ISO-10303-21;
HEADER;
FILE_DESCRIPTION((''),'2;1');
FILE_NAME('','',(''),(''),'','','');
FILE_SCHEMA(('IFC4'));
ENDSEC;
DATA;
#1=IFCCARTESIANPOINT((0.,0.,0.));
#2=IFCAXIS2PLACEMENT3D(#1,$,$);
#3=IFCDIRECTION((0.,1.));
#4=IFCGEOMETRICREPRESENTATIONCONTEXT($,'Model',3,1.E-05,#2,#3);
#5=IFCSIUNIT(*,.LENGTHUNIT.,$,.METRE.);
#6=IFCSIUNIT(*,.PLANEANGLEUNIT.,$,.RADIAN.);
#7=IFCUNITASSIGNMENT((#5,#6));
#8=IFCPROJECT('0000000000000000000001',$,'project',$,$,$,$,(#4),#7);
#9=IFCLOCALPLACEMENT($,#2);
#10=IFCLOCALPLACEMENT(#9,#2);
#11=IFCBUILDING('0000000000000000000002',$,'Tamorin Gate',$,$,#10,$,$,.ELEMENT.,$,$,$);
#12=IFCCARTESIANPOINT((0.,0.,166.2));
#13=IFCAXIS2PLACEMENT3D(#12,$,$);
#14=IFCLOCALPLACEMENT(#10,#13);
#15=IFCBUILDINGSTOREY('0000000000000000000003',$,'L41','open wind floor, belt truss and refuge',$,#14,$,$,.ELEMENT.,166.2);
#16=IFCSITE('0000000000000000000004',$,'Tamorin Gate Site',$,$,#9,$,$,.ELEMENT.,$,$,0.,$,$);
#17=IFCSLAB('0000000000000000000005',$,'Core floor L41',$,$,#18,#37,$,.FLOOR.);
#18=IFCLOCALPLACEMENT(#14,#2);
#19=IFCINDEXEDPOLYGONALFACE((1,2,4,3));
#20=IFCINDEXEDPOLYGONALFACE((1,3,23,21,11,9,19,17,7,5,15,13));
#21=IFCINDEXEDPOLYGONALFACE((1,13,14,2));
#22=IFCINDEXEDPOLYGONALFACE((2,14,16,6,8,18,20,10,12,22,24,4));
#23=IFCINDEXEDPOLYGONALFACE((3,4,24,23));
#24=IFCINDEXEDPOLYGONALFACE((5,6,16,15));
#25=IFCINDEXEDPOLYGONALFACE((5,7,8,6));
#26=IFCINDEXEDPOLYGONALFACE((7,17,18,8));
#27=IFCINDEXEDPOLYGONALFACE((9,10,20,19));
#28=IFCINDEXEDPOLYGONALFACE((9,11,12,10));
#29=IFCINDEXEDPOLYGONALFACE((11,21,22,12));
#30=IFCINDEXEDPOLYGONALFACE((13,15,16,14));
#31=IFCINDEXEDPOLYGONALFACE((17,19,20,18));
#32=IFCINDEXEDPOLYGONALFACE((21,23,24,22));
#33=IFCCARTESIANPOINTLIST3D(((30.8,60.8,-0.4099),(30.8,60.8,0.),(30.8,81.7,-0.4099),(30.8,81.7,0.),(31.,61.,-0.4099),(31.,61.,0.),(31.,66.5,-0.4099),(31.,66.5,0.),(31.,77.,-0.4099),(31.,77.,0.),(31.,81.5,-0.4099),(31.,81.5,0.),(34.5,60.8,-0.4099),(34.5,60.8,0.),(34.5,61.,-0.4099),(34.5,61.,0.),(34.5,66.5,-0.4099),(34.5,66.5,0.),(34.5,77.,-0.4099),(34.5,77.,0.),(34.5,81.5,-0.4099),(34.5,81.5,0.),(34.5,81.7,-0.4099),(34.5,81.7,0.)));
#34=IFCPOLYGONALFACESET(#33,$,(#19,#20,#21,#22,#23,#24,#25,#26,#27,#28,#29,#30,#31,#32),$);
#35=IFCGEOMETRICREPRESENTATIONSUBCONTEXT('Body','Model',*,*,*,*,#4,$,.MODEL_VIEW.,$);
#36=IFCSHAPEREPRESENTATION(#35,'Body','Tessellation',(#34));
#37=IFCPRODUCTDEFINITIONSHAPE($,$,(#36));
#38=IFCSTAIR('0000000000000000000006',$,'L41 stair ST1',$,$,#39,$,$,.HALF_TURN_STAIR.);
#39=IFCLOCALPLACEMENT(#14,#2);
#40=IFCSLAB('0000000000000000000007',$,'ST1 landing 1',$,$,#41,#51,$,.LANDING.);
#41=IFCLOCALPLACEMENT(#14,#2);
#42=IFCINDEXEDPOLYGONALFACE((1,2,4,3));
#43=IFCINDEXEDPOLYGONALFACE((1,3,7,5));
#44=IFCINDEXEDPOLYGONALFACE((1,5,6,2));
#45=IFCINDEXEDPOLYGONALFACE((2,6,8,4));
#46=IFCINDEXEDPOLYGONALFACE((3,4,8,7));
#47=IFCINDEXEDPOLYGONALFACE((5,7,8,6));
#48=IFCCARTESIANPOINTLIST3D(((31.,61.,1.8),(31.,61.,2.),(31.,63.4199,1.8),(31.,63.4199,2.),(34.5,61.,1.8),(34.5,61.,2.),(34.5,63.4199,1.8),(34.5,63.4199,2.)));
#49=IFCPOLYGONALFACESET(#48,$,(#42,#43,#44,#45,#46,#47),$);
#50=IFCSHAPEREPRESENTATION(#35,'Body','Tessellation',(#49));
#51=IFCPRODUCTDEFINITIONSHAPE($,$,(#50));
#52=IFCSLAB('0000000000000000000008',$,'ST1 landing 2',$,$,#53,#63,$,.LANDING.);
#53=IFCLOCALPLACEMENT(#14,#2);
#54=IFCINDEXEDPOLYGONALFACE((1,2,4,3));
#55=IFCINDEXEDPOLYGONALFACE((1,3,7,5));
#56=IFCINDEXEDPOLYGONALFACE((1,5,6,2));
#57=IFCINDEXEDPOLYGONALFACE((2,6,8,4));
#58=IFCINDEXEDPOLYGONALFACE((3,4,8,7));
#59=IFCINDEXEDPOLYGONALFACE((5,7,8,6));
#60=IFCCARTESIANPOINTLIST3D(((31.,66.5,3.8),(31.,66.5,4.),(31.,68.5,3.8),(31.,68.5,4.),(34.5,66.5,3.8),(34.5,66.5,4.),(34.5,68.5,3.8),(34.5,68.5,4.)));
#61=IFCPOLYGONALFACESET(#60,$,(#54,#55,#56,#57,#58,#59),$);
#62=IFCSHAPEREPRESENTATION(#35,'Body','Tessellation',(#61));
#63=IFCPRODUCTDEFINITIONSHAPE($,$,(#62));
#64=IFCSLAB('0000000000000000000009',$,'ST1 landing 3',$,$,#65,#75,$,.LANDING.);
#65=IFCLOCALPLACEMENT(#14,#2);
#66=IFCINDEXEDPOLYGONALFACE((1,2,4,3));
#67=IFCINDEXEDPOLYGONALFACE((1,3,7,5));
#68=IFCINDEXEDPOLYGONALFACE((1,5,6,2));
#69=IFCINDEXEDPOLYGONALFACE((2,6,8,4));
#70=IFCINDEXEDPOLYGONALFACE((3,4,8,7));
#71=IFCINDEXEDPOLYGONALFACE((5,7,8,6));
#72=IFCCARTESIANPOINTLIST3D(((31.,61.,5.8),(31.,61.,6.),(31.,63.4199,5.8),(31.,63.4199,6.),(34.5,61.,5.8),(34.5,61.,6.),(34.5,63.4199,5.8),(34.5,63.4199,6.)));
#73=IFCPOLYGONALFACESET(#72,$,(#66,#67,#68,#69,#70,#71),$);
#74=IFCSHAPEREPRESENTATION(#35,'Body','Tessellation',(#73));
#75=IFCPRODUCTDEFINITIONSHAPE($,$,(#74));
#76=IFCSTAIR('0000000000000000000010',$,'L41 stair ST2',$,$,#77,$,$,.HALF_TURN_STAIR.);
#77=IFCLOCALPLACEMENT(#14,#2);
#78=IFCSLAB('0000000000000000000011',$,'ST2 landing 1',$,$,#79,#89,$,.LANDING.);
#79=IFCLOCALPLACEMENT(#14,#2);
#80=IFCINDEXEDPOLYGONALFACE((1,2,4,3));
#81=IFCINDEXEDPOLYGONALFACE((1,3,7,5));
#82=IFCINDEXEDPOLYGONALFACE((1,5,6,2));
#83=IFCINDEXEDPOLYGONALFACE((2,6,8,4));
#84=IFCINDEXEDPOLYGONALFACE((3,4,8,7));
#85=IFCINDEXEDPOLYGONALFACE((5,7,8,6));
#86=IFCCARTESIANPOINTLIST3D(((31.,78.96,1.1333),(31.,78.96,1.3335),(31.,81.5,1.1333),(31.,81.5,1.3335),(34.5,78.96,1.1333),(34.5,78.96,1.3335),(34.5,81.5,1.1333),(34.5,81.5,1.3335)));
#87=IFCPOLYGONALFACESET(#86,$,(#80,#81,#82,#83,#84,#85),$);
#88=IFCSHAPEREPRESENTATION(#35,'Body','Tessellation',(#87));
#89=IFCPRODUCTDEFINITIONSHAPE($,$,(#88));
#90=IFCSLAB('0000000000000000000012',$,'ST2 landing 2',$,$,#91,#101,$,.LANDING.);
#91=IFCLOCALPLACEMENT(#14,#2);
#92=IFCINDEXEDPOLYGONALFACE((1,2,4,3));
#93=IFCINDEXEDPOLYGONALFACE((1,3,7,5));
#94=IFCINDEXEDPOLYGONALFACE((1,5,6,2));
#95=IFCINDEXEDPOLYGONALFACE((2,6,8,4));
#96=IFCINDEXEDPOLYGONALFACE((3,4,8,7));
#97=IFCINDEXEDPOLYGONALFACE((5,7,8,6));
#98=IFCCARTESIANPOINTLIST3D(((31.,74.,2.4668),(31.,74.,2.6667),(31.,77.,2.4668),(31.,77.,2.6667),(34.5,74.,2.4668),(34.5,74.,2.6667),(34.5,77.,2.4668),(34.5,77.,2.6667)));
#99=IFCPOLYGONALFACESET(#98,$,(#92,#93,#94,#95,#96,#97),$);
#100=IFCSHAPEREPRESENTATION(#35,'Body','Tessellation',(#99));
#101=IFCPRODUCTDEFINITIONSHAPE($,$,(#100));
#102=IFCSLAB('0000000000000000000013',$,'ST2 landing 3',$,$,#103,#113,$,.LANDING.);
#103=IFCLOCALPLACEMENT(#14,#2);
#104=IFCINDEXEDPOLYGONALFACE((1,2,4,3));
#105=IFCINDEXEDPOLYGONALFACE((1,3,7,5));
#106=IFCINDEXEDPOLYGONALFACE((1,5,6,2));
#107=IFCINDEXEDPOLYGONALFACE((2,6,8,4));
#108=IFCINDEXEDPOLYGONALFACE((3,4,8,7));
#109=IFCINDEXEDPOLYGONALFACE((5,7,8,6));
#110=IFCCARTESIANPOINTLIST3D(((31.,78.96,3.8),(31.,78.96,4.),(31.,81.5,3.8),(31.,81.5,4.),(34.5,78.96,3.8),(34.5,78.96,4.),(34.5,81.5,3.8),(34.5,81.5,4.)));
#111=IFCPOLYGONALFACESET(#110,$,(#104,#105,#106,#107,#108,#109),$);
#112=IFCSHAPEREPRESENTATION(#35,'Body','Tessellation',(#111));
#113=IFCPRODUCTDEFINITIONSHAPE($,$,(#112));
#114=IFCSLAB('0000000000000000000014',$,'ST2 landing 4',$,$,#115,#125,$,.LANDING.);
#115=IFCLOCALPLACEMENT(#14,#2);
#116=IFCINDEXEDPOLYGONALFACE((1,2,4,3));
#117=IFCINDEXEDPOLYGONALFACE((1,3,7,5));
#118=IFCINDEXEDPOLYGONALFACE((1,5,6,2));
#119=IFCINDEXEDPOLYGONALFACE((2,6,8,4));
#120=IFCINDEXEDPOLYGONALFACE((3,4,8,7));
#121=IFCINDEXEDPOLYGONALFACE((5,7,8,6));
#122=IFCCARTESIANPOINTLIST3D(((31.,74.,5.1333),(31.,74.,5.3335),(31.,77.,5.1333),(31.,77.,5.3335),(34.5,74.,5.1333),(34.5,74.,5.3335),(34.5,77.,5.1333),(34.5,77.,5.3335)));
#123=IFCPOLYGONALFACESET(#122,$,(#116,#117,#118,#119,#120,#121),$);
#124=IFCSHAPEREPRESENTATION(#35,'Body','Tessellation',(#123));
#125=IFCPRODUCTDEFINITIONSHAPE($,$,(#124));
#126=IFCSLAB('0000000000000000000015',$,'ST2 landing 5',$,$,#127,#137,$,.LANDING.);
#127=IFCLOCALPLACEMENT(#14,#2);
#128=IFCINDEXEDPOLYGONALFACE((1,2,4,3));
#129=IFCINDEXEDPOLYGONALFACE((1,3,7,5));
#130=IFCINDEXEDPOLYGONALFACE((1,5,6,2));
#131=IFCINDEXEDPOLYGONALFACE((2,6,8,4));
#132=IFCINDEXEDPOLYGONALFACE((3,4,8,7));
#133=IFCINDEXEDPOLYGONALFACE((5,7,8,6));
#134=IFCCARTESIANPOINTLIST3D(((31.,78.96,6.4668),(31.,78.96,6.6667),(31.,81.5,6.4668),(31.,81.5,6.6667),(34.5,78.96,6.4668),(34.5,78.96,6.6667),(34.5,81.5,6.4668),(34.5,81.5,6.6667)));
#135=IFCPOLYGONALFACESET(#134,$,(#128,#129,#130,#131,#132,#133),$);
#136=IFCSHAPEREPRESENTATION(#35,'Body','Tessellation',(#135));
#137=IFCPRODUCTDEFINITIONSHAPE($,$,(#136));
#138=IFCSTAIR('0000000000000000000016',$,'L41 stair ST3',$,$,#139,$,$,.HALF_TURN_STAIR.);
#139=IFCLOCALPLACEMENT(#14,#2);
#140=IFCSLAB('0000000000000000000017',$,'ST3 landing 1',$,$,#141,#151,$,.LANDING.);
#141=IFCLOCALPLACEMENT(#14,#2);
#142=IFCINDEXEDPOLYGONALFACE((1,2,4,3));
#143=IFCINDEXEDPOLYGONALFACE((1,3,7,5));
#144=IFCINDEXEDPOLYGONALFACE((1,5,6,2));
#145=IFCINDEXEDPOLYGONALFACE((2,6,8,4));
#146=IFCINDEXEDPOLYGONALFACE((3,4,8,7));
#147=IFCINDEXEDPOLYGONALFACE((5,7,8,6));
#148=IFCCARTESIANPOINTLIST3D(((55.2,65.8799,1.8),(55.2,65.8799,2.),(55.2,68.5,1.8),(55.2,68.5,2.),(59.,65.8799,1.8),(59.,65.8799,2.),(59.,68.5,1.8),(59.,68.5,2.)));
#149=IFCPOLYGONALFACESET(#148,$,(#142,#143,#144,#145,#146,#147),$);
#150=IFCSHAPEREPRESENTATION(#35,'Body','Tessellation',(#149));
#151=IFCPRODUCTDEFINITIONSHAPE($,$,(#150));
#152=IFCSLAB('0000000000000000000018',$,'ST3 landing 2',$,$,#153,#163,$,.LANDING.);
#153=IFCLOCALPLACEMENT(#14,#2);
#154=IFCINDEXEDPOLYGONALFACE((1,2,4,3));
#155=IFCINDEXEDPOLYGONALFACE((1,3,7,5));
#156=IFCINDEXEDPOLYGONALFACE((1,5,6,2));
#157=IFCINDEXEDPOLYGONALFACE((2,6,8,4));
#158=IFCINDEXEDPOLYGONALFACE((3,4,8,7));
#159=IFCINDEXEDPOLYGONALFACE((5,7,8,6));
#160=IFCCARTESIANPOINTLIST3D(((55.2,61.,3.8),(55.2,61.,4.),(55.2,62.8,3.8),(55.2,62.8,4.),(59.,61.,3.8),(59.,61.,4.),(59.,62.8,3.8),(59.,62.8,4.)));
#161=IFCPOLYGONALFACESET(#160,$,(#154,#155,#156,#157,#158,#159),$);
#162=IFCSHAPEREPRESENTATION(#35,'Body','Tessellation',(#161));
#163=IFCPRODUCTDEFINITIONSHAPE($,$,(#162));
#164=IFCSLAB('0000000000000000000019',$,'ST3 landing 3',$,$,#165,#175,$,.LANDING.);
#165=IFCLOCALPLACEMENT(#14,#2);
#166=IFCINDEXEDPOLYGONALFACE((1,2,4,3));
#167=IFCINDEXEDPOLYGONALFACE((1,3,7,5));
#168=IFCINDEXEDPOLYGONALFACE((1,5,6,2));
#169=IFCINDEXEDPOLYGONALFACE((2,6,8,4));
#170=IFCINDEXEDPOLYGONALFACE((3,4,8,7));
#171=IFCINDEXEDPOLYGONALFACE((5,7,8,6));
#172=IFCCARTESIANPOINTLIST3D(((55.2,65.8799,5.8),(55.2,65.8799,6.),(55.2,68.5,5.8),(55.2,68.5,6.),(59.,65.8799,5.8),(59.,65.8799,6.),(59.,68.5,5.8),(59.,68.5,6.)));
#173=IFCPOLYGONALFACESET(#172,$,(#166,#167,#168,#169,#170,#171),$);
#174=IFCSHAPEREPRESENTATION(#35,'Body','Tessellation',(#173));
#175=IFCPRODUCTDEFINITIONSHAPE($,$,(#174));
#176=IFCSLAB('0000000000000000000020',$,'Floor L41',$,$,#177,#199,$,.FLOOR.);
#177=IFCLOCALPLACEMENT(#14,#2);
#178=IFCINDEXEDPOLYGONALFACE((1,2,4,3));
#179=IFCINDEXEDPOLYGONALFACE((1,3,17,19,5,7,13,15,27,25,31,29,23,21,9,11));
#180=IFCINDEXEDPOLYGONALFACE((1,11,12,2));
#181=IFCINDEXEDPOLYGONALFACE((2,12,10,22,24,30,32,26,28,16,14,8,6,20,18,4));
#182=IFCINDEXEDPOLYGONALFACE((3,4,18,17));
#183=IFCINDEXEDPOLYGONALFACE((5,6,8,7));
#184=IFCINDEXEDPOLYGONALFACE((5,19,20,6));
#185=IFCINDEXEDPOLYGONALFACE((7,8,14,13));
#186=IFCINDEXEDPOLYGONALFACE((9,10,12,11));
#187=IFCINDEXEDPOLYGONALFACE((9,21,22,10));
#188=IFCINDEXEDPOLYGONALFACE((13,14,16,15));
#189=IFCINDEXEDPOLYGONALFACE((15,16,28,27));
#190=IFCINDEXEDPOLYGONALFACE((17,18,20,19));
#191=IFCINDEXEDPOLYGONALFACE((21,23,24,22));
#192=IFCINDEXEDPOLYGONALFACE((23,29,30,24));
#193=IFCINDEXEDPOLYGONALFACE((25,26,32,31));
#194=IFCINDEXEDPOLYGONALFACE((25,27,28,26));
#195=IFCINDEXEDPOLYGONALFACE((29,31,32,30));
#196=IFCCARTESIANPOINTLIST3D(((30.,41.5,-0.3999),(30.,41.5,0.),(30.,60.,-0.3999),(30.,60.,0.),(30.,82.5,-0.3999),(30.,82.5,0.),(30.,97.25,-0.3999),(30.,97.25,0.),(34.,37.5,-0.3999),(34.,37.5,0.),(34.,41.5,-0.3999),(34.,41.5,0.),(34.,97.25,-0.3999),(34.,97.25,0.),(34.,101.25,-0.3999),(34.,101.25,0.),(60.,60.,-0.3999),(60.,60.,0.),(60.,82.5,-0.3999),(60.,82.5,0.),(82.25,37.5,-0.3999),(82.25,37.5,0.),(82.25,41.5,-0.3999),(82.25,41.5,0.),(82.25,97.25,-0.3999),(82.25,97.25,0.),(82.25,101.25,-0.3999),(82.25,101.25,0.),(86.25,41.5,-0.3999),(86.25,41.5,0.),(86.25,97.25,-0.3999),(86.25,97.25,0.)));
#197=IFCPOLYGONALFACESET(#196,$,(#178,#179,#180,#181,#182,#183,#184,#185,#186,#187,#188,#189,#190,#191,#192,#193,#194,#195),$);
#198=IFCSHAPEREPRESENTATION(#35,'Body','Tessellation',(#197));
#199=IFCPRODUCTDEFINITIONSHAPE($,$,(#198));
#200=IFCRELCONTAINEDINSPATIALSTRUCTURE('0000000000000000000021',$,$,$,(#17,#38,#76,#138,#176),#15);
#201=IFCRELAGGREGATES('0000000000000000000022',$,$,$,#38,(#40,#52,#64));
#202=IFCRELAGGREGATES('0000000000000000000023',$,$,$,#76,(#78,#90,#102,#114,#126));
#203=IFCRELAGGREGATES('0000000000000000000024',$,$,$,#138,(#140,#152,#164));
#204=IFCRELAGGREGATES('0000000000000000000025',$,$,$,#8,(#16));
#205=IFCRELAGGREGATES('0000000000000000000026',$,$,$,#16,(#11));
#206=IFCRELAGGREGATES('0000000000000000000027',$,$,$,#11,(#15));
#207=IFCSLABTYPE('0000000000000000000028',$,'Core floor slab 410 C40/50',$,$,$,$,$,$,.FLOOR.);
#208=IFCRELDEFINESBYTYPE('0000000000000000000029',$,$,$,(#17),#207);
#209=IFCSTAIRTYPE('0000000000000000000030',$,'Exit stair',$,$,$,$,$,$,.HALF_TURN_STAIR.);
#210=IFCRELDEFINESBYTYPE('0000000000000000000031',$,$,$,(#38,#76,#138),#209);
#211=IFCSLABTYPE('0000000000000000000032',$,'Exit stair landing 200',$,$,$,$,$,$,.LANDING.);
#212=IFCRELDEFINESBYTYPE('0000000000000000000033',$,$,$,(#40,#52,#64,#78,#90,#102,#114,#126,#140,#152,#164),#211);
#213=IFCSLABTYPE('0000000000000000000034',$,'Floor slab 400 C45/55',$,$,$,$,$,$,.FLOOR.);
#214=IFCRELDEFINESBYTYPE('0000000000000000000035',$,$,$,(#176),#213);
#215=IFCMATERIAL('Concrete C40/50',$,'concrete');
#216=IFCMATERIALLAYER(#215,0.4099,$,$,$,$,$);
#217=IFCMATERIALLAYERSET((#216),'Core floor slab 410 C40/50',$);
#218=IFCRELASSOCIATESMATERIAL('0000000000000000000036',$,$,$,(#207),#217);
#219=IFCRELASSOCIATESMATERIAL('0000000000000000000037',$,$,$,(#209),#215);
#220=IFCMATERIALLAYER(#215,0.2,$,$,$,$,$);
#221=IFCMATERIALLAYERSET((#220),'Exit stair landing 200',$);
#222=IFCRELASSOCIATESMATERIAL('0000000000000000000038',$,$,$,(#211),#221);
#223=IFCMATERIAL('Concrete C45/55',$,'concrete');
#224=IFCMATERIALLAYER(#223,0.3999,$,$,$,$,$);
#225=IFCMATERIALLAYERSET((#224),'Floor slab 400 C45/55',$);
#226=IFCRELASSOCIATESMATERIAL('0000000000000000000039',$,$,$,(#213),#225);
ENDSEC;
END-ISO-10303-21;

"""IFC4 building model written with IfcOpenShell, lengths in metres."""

from ifc_helpers import new_model, si_unit, direction, frame, origin, place, context, subcontext, project, spatial, polyline, outline, extrude, material, layer, layer_set, type_object, element, aggregate, save


model = new_model("IFC4")

# Units and contexts
model_context = context("Model", 3, precision=1e-05, world=origin(), true_north=direction((0.0, 1.0)))
body_context = subcontext(model_context, "Body", "Model", "MODEL_VIEW")
ifc_project = project(units=[si_unit("LENGTHUNIT", "METRE"), si_unit("PLANEANGLEUNIT", "RADIAN")], contexts=[model_context])

# Site, building, storey
site_placement = place(None, origin())
site = spatial("IfcSite", under=ifc_project, at=site_placement, Name="Tamorin Gate Site", CompositionType="ELEMENT", RefElevation=0.0)
building_placement = place(site_placement, origin())
building = spatial("IfcBuilding", under=site, at=building_placement, Name="Tamorin Gate", CompositionType="ELEMENT")
storey_placement = place(building_placement, frame((0.0, 0.0, 166.2)))
storey = spatial("IfcBuildingStorey", under=building, at=storey_placement, Name="L41", Description="open wind floor, belt truss and refuge", CompositionType="ELEMENT", Elevation=166.2)

# Slab
ifc_material_1 = material(Name="Concrete C40/50", Category="concrete")
ifc_layer_1 = layer(ifc_material_1, 0.4099)
ifc_layer_set_1 = layer_set([ifc_layer_1], Name="Core floor slab 410 C40/50")
slab_type_1 = type_object("IfcSlabType", Name="Core floor slab 410 C40/50", PredefinedType="FLOOR", material=ifc_layer_set_1)
slab_1_placement = place(storey_placement, frame((0.0, 0.0, -0.4099)))
element("IfcSlab", 1, at=slab_1_placement, inside=storey, type_object=slab_type_1, Name="Core floor L41", PredefinedType="FLOOR", context=body_context, shape_type="SweptSolid", body=[
    extrude(outline(polyline([(34.5, 60.8), (30.8, 60.8), (30.8, 81.7), (34.5, 81.7), (34.5, 81.5), (31.0, 81.5), (31.0, 77.0), (34.5, 77.0), (34.5, 66.5), (31.0, 66.5), (31.0, 61.0), (34.5, 61.0), (34.5, 60.8)])), origin(), (0.0, 0.0, 1.0), 0.4099),
])

# Stairs, slabs
stair_type = type_object("IfcStairType", Name="Exit stair", PredefinedType="HALF_TURN_STAIR", material=ifc_material_1)
stair_1_placement = place(storey_placement, origin())
stair_1 = element("IfcStair", 2, at=stair_1_placement, inside=storey, type_object=stair_type, Name="L41 stair ST1", PredefinedType="HALF_TURN_STAIR")
ifc_layer_2 = layer(ifc_material_1, 0.2)
ifc_layer_set_2 = layer_set([ifc_layer_2], Name="Exit stair landing 200")
slab_type_2 = type_object("IfcSlabType", Name="Exit stair landing 200", PredefinedType="LANDING", material=ifc_layer_set_2)
slab_2_placement = place(storey_placement, frame((0.0, 0.0, 1.8)))
slab_2 = element("IfcSlab", 3, at=slab_2_placement, type_object=slab_type_2, Name="ST1 landing 1", PredefinedType="LANDING", context=body_context, shape_type="SweptSolid", body=[
    extrude(outline(polyline([(31.0, 63.4199), (31.0, 61.0), (34.5, 61.0), (34.5, 63.4199), (31.0, 63.4199)])), origin(), (0.0, 0.0, 1.0), 0.2),
])
slab_3_placement = place(storey_placement, frame((0.0, 0.0, 3.8)))
slab_3 = element("IfcSlab", 4, at=slab_3_placement, type_object=slab_type_2, Name="ST1 landing 2", PredefinedType="LANDING", context=body_context, shape_type="SweptSolid", body=[
    extrude(outline(polyline([(31.0, 68.5), (31.0, 66.5), (34.5, 66.5), (34.5, 68.5), (31.0, 68.5)])), origin(), (0.0, 0.0, 1.0), 0.2),
])
slab_4_placement = place(storey_placement, frame((0.0, 0.0, 5.8)))
slab_4 = element("IfcSlab", 5, at=slab_4_placement, type_object=slab_type_2, Name="ST1 landing 3", PredefinedType="LANDING", context=body_context, shape_type="SweptSolid", body=[
    extrude(outline(polyline([(31.0, 63.4199), (31.0, 61.0), (34.5, 61.0), (34.5, 63.4199), (31.0, 63.4199)])), origin(), (0.0, 0.0, 1.0), 0.2),
])
aggregate(stair_1, [slab_2, slab_3, slab_4])
stair_2_placement = place(storey_placement, origin())
stair_2 = element("IfcStair", 6, at=stair_2_placement, inside=storey, type_object=stair_type, Name="L41 stair ST2", PredefinedType="HALF_TURN_STAIR")
slab_5_placement = place(storey_placement, frame((0.0, 0.0, 1.1333)))
slab_5 = element("IfcSlab", 7, at=slab_5_placement, type_object=slab_type_2, Name="ST2 landing 1", PredefinedType="LANDING", context=body_context, shape_type="SweptSolid", body=[
    extrude(outline(polyline([(34.5, 78.96), (34.5, 81.5), (31.0, 81.5), (31.0, 78.96), (34.5, 78.96)])), origin(), (0.0, 0.0, 1.0), 0.2002),
])
slab_6_placement = place(storey_placement, frame((0.0, 0.0, 2.4668)))
slab_6 = element("IfcSlab", 8, at=slab_6_placement, type_object=slab_type_2, Name="ST2 landing 2", PredefinedType="LANDING", context=body_context, shape_type="SweptSolid", body=[
    extrude(outline(polyline([(34.5, 74.0), (34.5, 77.0), (31.0, 77.0), (31.0, 74.0), (34.5, 74.0)])), origin(), (0.0, 0.0, 1.0), 0.2),
])
slab_7_placement = place(storey_placement, frame((0.0, 0.0, 3.8)))
slab_7 = element("IfcSlab", 9, at=slab_7_placement, type_object=slab_type_2, Name="ST2 landing 3", PredefinedType="LANDING", context=body_context, shape_type="SweptSolid", body=[
    extrude(outline(polyline([(34.5, 78.96), (34.5, 81.5), (31.0, 81.5), (31.0, 78.96), (34.5, 78.96)])), origin(), (0.0, 0.0, 1.0), 0.2),
])
slab_8_placement = place(storey_placement, frame((0.0, 0.0, 5.1333)))
slab_8 = element("IfcSlab", 10, at=slab_8_placement, type_object=slab_type_2, Name="ST2 landing 4", PredefinedType="LANDING", context=body_context, shape_type="SweptSolid", body=[
    extrude(outline(polyline([(34.5, 74.0), (34.5, 77.0), (31.0, 77.0), (31.0, 74.0), (34.5, 74.0)])), origin(), (0.0, 0.0, 1.0), 0.2002),
])
slab_9_placement = place(storey_placement, frame((0.0, 0.0, 6.4668)))
slab_9 = element("IfcSlab", 11, at=slab_9_placement, type_object=slab_type_2, Name="ST2 landing 5", PredefinedType="LANDING", context=body_context, shape_type="SweptSolid", body=[
    extrude(outline(polyline([(34.5, 78.96), (34.5, 81.5), (31.0, 81.5), (31.0, 78.96), (34.5, 78.96)])), origin(), (0.0, 0.0, 1.0), 0.2),
])
aggregate(stair_2, [slab_5, slab_6, slab_7, slab_8, slab_9])
stair_3_placement = place(storey_placement, origin())
stair_3 = element("IfcStair", 12, at=stair_3_placement, inside=storey, type_object=stair_type, Name="L41 stair ST3", PredefinedType="HALF_TURN_STAIR")
slab_10_placement = place(storey_placement, frame((0.0, 0.0, 1.8)))
slab_10 = element("IfcSlab", 13, at=slab_10_placement, type_object=slab_type_2, Name="ST3 landing 1", PredefinedType="LANDING", context=body_context, shape_type="SweptSolid", body=[
    extrude(outline(polyline([(59.0, 65.8799), (59.0, 68.5), (55.2, 68.5), (55.2, 65.8799), (59.0, 65.8799)])), origin(), (0.0, 0.0, 1.0), 0.2),
])
slab_11_placement = place(storey_placement, frame((0.0, 0.0, 3.8)))
slab_11 = element("IfcSlab", 14, at=slab_11_placement, type_object=slab_type_2, Name="ST3 landing 2", PredefinedType="LANDING", context=body_context, shape_type="SweptSolid", body=[
    extrude(outline(polyline([(59.0, 61.0), (59.0, 62.8), (55.2, 62.8), (55.2, 61.0), (59.0, 61.0)])), origin(), (0.0, 0.0, 1.0), 0.2),
])
slab_12_placement = place(storey_placement, frame((0.0, 0.0, 5.8)))
slab_12 = element("IfcSlab", 15, at=slab_12_placement, type_object=slab_type_2, Name="ST3 landing 3", PredefinedType="LANDING", context=body_context, shape_type="SweptSolid", body=[
    extrude(outline(polyline([(59.0, 65.8799), (59.0, 68.5), (55.2, 68.5), (55.2, 65.8799), (59.0, 65.8799)])), origin(), (0.0, 0.0, 1.0), 0.2),
])
aggregate(stair_3, [slab_10, slab_11, slab_12])

# Slab
ifc_material_2 = material(Name="Concrete C45/55", Category="concrete")
ifc_layer_3 = layer(ifc_material_2, 0.3999)
ifc_layer_set_3 = layer_set([ifc_layer_3], Name="Floor slab 400 C45/55")
slab_type_3 = type_object("IfcSlabType", Name="Floor slab 400 C45/55", PredefinedType="FLOOR", material=ifc_layer_set_3)
slab_13_placement = place(storey_placement, frame((0.0, 0.0, -0.3999)))
element("IfcSlab", 16, at=slab_13_placement, inside=storey, type_object=slab_type_3, Name="Floor L41", PredefinedType="FLOOR", context=body_context, shape_type="SweptSolid", body=[
    extrude(outline(polyline([(30.0, 97.25), (34.0, 97.25), (34.0, 101.25), (82.25, 101.25), (82.25, 97.25), (86.25, 97.25), (86.25, 41.5), (82.25, 41.5), (82.25, 37.5), (34.0, 37.5), (34.0, 41.5), (30.0, 41.5), (30.0, 60.0), (60.0, 60.0), (60.0, 82.5), (30.0, 82.5), (30.0, 97.25)])), origin(), (0.0, 0.0, 1.0), 0.3999),
])

save(model, "model.ifc")
